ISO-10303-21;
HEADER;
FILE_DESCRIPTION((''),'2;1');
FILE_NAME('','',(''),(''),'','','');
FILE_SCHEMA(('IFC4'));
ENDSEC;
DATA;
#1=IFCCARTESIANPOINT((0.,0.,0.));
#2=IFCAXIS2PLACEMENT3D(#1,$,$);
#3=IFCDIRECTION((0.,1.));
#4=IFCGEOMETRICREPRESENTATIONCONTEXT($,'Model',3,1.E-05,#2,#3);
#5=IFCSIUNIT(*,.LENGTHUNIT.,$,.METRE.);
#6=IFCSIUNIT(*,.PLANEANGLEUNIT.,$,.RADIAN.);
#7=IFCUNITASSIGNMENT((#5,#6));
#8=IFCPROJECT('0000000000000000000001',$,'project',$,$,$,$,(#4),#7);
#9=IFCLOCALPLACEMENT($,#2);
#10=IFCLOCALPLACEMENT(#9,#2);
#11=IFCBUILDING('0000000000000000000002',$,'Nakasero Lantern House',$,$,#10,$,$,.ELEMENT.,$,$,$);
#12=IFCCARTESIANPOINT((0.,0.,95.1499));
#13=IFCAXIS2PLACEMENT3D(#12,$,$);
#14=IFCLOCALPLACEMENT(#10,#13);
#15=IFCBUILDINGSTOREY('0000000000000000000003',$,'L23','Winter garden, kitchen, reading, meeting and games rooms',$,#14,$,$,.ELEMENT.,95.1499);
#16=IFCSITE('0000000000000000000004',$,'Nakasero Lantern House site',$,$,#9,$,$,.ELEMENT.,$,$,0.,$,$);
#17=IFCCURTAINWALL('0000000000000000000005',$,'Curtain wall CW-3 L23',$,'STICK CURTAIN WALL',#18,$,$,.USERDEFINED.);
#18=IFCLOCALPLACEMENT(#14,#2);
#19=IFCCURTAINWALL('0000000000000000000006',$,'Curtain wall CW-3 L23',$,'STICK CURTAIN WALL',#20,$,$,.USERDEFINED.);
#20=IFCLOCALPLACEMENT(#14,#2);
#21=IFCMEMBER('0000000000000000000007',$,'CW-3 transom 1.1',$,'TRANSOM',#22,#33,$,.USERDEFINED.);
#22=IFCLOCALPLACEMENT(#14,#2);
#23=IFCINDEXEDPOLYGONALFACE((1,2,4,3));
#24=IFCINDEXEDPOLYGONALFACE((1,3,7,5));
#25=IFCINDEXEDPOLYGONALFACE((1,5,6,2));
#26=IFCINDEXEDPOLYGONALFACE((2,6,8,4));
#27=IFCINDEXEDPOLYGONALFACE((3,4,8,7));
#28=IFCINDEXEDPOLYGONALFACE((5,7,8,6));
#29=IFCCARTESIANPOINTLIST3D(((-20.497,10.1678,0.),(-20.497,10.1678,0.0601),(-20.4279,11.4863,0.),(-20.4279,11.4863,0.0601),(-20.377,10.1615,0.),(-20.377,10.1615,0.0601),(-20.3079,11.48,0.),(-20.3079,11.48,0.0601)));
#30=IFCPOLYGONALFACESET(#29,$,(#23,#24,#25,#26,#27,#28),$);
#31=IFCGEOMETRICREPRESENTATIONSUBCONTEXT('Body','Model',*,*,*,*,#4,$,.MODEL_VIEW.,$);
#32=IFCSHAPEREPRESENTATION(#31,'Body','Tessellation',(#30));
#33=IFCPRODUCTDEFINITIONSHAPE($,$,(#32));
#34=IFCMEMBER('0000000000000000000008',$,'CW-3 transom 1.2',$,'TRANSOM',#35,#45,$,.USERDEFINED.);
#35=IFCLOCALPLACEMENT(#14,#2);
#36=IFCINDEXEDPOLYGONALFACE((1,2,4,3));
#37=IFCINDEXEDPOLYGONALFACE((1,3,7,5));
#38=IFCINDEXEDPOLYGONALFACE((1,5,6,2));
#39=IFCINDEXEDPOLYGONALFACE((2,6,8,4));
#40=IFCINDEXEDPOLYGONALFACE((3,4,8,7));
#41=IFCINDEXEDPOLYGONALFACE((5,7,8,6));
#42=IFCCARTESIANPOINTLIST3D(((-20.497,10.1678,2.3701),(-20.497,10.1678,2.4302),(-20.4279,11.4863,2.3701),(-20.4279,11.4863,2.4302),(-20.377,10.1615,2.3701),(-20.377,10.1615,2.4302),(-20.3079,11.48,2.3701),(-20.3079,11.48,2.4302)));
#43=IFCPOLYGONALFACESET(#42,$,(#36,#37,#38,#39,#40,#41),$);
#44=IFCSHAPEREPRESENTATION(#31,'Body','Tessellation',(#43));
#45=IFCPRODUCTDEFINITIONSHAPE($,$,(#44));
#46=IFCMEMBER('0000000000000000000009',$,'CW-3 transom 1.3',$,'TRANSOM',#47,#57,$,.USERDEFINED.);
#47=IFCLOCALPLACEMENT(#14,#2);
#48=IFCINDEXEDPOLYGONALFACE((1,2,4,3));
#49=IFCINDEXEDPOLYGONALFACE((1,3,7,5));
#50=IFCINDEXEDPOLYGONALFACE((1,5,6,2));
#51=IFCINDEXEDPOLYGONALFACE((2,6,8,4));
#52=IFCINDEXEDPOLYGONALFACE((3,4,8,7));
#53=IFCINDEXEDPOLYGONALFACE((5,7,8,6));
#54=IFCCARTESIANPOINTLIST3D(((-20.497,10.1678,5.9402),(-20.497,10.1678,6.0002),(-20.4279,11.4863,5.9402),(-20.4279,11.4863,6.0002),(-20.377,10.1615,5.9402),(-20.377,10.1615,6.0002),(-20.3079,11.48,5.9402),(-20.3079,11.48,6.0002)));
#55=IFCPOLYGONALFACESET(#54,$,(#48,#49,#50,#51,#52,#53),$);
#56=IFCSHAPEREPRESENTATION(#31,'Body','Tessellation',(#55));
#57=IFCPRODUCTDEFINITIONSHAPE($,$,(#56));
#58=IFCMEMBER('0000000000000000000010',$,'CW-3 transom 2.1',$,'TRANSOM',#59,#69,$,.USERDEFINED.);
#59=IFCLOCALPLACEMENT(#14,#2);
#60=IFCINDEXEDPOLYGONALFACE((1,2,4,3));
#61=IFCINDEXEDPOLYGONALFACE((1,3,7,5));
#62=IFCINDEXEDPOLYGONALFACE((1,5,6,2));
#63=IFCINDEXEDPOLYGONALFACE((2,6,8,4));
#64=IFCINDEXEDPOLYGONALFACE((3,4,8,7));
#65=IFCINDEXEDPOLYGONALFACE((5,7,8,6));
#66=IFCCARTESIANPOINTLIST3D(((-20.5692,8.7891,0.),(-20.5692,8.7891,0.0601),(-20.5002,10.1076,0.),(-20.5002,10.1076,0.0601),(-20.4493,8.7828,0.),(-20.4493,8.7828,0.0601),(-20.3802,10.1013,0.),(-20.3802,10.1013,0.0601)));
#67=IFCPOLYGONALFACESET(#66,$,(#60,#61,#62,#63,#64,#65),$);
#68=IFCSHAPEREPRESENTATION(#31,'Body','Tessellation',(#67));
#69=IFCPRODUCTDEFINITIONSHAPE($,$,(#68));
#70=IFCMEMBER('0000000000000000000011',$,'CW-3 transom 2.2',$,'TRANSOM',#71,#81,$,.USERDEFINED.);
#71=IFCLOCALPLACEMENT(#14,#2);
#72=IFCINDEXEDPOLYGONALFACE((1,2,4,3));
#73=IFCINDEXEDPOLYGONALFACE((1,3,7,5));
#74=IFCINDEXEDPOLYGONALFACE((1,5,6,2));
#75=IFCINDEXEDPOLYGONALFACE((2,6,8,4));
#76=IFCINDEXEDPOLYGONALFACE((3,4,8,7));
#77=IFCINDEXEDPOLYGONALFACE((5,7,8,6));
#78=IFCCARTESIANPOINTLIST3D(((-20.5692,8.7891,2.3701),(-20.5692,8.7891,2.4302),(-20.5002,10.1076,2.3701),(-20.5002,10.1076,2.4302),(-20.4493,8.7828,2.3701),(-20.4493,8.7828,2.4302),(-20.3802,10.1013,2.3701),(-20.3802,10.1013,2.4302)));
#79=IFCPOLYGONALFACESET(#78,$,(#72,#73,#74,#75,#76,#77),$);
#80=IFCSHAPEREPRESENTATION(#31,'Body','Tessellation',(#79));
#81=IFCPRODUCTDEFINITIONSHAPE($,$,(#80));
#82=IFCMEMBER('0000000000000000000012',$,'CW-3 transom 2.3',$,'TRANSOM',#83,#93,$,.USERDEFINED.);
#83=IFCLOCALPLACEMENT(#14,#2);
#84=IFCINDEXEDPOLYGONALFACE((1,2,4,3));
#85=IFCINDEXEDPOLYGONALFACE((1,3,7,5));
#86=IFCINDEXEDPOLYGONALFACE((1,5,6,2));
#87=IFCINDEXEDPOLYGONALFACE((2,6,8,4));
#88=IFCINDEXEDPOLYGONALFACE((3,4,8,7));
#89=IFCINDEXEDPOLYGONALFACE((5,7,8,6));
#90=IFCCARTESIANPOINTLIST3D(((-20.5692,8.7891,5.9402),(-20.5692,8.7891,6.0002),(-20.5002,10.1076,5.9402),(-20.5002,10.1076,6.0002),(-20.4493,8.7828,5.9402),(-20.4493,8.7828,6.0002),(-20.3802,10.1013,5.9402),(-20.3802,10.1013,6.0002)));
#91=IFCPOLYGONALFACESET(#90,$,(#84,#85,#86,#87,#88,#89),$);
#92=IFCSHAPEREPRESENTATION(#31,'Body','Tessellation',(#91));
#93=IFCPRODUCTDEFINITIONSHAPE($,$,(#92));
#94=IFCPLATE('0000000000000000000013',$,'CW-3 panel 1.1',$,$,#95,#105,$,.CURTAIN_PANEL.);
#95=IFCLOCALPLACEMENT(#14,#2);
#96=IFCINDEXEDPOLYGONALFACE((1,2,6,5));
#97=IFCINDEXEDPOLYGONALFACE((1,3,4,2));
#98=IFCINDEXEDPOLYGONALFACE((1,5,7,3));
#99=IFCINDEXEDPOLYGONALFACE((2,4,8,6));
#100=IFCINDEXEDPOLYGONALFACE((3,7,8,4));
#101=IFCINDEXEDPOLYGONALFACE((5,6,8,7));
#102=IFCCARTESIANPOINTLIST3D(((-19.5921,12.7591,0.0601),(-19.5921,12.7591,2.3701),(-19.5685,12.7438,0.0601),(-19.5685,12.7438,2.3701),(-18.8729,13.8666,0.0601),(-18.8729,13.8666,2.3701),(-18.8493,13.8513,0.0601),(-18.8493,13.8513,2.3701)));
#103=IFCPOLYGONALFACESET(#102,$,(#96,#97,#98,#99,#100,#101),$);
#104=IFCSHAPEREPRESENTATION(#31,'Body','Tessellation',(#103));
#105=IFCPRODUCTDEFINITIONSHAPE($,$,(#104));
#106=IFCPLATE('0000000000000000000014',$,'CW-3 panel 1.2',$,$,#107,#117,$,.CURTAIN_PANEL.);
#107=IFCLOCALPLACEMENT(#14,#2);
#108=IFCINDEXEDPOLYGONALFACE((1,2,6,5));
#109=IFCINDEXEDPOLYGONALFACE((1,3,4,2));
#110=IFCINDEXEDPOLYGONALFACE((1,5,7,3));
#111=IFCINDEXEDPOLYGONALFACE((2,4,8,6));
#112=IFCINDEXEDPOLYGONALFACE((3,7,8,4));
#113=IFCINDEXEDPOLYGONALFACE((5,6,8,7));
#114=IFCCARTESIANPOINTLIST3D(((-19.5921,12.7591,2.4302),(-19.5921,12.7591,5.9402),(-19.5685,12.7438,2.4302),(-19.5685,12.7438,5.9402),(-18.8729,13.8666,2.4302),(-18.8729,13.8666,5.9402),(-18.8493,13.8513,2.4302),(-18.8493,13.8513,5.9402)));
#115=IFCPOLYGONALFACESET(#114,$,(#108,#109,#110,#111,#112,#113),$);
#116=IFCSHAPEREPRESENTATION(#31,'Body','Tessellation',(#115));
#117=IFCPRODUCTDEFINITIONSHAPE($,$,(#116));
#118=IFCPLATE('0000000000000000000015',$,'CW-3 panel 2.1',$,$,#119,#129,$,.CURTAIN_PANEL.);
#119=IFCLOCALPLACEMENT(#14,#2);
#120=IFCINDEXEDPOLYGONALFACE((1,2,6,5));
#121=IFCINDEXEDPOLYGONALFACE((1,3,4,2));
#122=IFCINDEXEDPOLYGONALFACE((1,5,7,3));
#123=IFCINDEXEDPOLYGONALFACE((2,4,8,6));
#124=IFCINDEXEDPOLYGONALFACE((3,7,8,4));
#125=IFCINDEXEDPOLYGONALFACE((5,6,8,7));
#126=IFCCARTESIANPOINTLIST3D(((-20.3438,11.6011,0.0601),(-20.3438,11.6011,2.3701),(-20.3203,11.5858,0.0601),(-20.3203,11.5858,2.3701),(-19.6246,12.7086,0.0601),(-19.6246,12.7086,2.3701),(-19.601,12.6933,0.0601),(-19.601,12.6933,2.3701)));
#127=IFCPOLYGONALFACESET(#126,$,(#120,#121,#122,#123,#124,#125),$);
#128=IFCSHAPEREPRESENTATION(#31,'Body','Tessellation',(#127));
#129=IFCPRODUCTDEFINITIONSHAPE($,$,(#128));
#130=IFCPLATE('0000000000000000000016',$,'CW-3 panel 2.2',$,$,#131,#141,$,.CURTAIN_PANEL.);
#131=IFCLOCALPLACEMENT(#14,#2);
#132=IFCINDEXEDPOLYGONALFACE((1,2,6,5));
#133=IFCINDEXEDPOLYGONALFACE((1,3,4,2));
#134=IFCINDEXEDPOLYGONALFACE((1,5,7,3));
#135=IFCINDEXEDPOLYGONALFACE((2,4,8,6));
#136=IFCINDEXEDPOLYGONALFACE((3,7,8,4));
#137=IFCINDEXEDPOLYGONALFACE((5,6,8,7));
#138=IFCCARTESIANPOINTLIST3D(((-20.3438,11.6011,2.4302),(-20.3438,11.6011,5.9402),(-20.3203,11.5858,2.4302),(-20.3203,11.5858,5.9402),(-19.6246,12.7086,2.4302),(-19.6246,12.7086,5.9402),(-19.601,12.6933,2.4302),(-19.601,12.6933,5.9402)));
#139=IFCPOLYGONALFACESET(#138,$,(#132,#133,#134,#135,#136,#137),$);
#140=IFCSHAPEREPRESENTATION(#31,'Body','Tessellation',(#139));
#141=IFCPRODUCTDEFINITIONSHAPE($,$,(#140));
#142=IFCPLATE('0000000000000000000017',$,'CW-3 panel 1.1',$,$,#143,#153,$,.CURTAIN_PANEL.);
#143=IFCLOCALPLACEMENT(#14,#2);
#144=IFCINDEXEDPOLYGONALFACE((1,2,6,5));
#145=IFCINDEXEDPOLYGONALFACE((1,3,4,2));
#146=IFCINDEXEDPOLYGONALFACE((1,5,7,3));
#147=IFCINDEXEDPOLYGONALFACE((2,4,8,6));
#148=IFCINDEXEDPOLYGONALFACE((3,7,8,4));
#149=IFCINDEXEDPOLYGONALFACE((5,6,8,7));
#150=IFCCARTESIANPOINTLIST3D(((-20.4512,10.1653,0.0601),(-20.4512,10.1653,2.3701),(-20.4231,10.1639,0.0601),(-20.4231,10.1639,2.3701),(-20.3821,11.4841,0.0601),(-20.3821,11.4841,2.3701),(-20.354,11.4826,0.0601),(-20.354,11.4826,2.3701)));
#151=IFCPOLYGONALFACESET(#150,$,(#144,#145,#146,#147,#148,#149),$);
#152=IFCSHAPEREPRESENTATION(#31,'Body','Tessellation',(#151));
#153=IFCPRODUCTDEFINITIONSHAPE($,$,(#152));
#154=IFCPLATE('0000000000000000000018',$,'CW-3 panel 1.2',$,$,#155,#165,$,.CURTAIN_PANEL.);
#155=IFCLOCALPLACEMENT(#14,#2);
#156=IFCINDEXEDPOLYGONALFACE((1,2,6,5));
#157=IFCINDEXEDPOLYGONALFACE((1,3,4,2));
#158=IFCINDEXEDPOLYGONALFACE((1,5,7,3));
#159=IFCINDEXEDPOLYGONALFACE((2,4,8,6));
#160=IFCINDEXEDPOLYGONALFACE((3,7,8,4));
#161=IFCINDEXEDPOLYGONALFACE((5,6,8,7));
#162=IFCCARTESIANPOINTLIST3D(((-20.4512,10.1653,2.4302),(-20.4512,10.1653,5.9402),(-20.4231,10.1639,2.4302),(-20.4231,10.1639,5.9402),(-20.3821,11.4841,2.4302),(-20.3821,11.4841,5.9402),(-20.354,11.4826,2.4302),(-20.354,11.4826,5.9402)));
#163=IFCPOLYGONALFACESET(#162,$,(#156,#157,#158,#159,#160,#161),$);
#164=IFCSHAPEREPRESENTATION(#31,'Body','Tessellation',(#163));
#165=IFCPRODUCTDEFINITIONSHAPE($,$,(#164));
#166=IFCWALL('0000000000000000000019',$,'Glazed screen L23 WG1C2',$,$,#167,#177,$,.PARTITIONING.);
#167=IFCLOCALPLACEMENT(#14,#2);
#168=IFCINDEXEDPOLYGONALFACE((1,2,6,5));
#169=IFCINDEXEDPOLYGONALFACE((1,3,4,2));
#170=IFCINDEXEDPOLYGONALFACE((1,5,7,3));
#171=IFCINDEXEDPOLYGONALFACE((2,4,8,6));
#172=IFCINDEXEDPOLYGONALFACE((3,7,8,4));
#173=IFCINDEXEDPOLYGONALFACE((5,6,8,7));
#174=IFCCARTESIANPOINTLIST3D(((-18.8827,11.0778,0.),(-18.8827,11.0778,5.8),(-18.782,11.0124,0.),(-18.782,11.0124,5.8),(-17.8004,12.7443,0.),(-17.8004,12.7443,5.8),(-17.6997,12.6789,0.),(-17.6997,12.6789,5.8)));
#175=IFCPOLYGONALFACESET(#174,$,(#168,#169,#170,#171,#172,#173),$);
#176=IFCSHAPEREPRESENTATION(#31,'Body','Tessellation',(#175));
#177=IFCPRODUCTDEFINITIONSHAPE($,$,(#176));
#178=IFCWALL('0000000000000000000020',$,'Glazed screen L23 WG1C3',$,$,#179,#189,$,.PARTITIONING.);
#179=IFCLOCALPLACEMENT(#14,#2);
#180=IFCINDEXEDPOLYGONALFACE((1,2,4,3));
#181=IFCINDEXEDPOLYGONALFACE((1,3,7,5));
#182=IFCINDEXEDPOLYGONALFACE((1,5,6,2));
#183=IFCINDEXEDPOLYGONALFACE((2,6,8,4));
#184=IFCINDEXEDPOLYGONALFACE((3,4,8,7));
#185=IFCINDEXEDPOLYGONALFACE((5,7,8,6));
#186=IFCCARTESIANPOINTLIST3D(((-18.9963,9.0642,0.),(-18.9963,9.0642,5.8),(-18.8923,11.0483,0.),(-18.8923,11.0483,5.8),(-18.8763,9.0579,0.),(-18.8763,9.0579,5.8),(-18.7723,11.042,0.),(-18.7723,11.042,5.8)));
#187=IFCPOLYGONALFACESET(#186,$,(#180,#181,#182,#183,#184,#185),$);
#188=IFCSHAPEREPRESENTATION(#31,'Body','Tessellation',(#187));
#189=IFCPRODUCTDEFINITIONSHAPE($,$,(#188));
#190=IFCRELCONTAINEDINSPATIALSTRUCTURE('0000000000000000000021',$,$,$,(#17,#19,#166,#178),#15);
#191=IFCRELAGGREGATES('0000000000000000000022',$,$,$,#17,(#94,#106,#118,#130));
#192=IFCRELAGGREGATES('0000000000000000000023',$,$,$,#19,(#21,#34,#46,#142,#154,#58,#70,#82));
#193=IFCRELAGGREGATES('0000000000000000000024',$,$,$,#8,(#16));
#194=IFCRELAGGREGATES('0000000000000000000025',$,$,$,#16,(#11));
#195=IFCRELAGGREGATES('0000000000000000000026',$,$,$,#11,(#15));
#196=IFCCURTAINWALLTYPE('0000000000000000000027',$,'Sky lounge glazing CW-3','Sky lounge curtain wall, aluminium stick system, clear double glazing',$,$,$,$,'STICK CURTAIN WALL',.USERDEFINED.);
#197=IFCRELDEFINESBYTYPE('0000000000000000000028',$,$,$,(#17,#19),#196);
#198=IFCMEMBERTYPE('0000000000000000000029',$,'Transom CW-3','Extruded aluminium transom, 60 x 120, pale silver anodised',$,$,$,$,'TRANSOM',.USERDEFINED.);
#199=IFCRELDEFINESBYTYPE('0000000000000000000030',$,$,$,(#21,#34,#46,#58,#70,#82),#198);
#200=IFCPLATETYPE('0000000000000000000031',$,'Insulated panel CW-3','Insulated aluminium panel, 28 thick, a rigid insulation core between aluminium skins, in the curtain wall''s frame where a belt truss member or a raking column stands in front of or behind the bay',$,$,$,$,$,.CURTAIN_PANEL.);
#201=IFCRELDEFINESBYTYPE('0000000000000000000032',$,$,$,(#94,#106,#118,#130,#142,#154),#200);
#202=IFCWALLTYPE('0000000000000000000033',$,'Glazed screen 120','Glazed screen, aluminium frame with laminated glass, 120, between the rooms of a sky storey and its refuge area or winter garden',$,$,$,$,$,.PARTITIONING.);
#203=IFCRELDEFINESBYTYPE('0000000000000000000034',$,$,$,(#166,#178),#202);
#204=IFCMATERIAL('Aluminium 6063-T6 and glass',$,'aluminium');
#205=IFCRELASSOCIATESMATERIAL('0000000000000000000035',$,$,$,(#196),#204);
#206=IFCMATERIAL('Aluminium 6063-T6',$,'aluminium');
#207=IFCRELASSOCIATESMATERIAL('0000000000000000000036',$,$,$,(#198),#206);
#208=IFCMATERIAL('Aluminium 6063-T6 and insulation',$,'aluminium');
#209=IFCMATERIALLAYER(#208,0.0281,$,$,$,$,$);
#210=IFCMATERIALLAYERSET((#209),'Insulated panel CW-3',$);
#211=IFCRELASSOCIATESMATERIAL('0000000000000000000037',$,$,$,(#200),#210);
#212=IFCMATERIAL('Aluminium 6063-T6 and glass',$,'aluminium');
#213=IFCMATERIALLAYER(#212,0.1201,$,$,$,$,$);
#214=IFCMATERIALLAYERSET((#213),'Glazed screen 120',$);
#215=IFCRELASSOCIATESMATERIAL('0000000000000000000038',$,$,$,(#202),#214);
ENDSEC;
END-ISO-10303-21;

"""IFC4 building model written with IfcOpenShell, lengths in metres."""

from ifc_helpers import new_model, si_unit, direction, frame, frame_2d, origin, origin_2d, place, context, subcontext, project, spatial, rectangle, extrude, material, layer, layer_set, material_profile, profile_set, type_object, element, aggregate, save


model = new_model("IFC4")

# Units and contexts
model_context = context("Model", 3, precision=1e-05, world=origin(), true_north=direction((0.0, 1.0)))
body_context = subcontext(model_context, "Body", "Model", "MODEL_VIEW")
ifc_project = project(units=[si_unit("LENGTHUNIT", "METRE"), si_unit("PLANEANGLEUNIT", "RADIAN")], contexts=[model_context])

# Site, building, storey
site_placement = place(None, origin())
site = spatial("IfcSite", under=ifc_project, at=site_placement, Name="Nakasero Lantern House site", CompositionType="ELEMENT", RefElevation=0.0)
building_placement = place(site_placement, origin())
building = spatial("IfcBuilding", under=site, at=building_placement, Name="Nakasero Lantern House", CompositionType="ELEMENT")
storey_placement = place(building_placement, frame((0.0, 0.0, 95.1499)))
storey = spatial("IfcBuildingStorey", under=building, at=storey_placement, Name="L23", Description="Winter garden, kitchen, reading, meeting and games rooms", CompositionType="ELEMENT", Elevation=95.1499)

# Curtain walls
ifc_material_1 = material(Name="Aluminium 6063-T6 and glass", Category="aluminium")
curtain_wall_type = type_object("IfcCurtainWallType", Name="Sky lounge glazing CW-3", Description="Sky lounge curtain wall, aluminium stick system, clear double glazing", ElementType="STICK CURTAIN WALL", PredefinedType="USERDEFINED", material=ifc_material_1)
curtain_wall_1_placement = place(storey_placement, origin())
curtain_wall_1 = element("IfcCurtainWall", 1, at=curtain_wall_1_placement, inside=storey, type_object=curtain_wall_type, Name="Curtain wall CW-3 L23", ObjectType="STICK CURTAIN WALL", PredefinedType="USERDEFINED")
curtain_wall_2_placement = place(storey_placement, origin())
curtain_wall_2 = element("IfcCurtainWall", 2, at=curtain_wall_2_placement, inside=storey, type_object=curtain_wall_type, Name="Curtain wall CW-3 L23", ObjectType="STICK CURTAIN WALL", PredefinedType="USERDEFINED")

# Members
ifc_material_2 = material(Name="Aluminium 6063-T6", Category="aluminium")
ifc_material_profile_1 = material_profile(ifc_material_2, rectangle(XDim=0.0601, YDim=0.1201, at=origin_2d()), Name="CW-3 transom 60x120")
ifc_profile_set_1 = profile_set([ifc_material_profile_1], Name="Aluminium 6063-T6")
member_type_1 = type_object("IfcMemberType", Name="Transom CW-3", Description="Extruded aluminium transom, 60 x 120, pale silver anodised", ElementType="TRANSOM", PredefinedType="USERDEFINED", material=ifc_profile_set_1)
member_1_placement = place(storey_placement, frame((-20.3679, 11.4832, 0.03), z_axis=(-0.052326, -0.99863, 0.0), x_axis=(0.0, 0.0, 1.0)))
member_1 = element("IfcMember", 3, at=member_1_placement, type_object=member_type_1, Name="CW-3 transom 1.1", ObjectType="TRANSOM", PredefinedType="USERDEFINED", context=body_context, shape_type="SweptSolid", body=[
    extrude(rectangle(XDim=0.0601, YDim=0.1201, at=origin_2d()), origin(), (0.0, 0.0, 1.0), 1.3203),
])
member_2_placement = place(storey_placement, frame((-20.3679, 11.4832, 2.4001), z_axis=(-0.052326, -0.99863, 0.0), x_axis=(0.0, 0.0, 1.0)))
member_2 = element("IfcMember", 4, at=member_2_placement, type_object=member_type_1, Name="CW-3 transom 1.2", ObjectType="TRANSOM", PredefinedType="USERDEFINED", context=body_context, shape_type="SweptSolid", body=[
    extrude(rectangle(XDim=0.0601, YDim=0.1201, at=origin_2d()), origin(), (0.0, 0.0, 1.0), 1.3203),
])
member_3_placement = place(storey_placement, frame((-20.3679, 11.4832, 5.9702), z_axis=(-0.052326, -0.99863, 0.0), x_axis=(0.0, 0.0, 1.0)))
member_3 = element("IfcMember", 5, at=member_3_placement, type_object=member_type_1, Name="CW-3 transom 1.3", ObjectType="TRANSOM", PredefinedType="USERDEFINED", context=body_context, shape_type="SweptSolid", body=[
    extrude(rectangle(XDim=0.0601, YDim=0.1201, at=origin_2d()), origin(), (0.0, 0.0, 1.0), 1.3203),
])
member_4_placement = place(storey_placement, frame((-20.4402, 10.1045, 0.03), z_axis=(-0.052326, -0.99863, 0.0), x_axis=(0.0, 0.0, 1.0)))
member_4 = element("IfcMember", 6, at=member_4_placement, type_object=member_type_1, Name="CW-3 transom 2.1", ObjectType="TRANSOM", PredefinedType="USERDEFINED", context=body_context, shape_type="SweptSolid", body=[
    extrude(rectangle(XDim=0.0601, YDim=0.1201, at=origin_2d()), origin(), (0.0, 0.0, 1.0), 1.3203),
])
member_5_placement = place(storey_placement, frame((-20.4402, 10.1045, 2.4001), z_axis=(-0.052326, -0.99863, 0.0), x_axis=(0.0, 0.0, 1.0)))
member_5 = element("IfcMember", 7, at=member_5_placement, type_object=member_type_1, Name="CW-3 transom 2.2", ObjectType="TRANSOM", PredefinedType="USERDEFINED", context=body_context, shape_type="SweptSolid", body=[
    extrude(rectangle(XDim=0.0601, YDim=0.1201, at=origin_2d()), origin(), (0.0, 0.0, 1.0), 1.3203),
])
member_6_placement = place(storey_placement, frame((-20.4402, 10.1045, 5.9702), z_axis=(-0.052326, -0.99863, 0.0), x_axis=(0.0, 0.0, 1.0)))
member_6 = element("IfcMember", 8, at=member_6_placement, type_object=member_type_1, Name="CW-3 transom 2.3", ObjectType="TRANSOM", PredefinedType="USERDEFINED", context=body_context, shape_type="SweptSolid", body=[
    extrude(rectangle(XDim=0.0601, YDim=0.1201, at=origin_2d()), origin(), (0.0, 0.0, 1.0), 1.3203),
])

# Plates
ifc_material_3 = material(Name="Aluminium 6063-T6 and insulation", Category="aluminium")
ifc_layer_1 = layer(ifc_material_3, 0.0281)
ifc_layer_set_1 = layer_set([ifc_layer_1], Name="Insulated panel CW-3")
plate_type = type_object("IfcPlateType", Name="Insulated panel CW-3", Description="Insulated aluminium panel, 28 thick, a rigid insulation core between aluminium skins, in the curtain wall's frame where a belt truss member or a raking column stands in front of or behind the bay", PredefinedType="CURTAIN_PANEL", material=ifc_layer_set_1)
plate_1_placement = place(storey_placement, frame((-19.2207, 13.3052, 0.0601), z_axis=(0.0, 0.0, 1.0), x_axis=(-0.544639, -0.838671, 0.0)))
plate_1 = element("IfcPlate", 9, at=plate_1_placement, type_object=plate_type, Name="CW-3 panel 1.1", PredefinedType="CURTAIN_PANEL", context=body_context, shape_type="SweptSolid", body=[
    extrude(rectangle(XDim=1.3206, YDim=0.0281, at=origin_2d()), origin(), (0.0, 0.0, 1.0), 2.3101),
])
plate_2_placement = place(storey_placement, frame((-19.2207, 13.3052, 2.4302), z_axis=(0.0, 0.0, 1.0), x_axis=(-0.544639, -0.838671, 0.0)))
plate_2 = element("IfcPlate", 10, at=plate_2_placement, type_object=plate_type, Name="CW-3 panel 1.2", PredefinedType="CURTAIN_PANEL", context=body_context, shape_type="SweptSolid", body=[
    extrude(rectangle(XDim=1.3206, YDim=0.0281, at=origin_2d()), origin(), (0.0, 0.0, 1.0), 3.51),
])
plate_3_placement = place(storey_placement, frame((-19.9724, 12.1472, 0.0601), z_axis=(0.0, 0.0, 1.0), x_axis=(-0.544639, -0.838671, 0.0)))
plate_3 = element("IfcPlate", 11, at=plate_3_placement, type_object=plate_type, Name="CW-3 panel 2.1", PredefinedType="CURTAIN_PANEL", context=body_context, shape_type="SweptSolid", body=[
    extrude(rectangle(XDim=1.3206, YDim=0.0281, at=origin_2d()), origin(), (0.0, 0.0, 1.0), 2.3101),
])
plate_4_placement = place(storey_placement, frame((-19.9724, 12.1472, 2.4302), z_axis=(0.0, 0.0, 1.0), x_axis=(-0.544639, -0.838671, 0.0)))
plate_4 = element("IfcPlate", 12, at=plate_4_placement, type_object=plate_type, Name="CW-3 panel 2.2", PredefinedType="CURTAIN_PANEL", context=body_context, shape_type="SweptSolid", body=[
    extrude(rectangle(XDim=1.3206, YDim=0.0281, at=origin_2d()), origin(), (0.0, 0.0, 1.0), 3.51),
])
aggregate(curtain_wall_1, [plate_1, plate_2, plate_3, plate_4])
plate_5_placement = place(storey_placement, frame((-20.4026, 10.824, 0.0601), z_axis=(0.0, 0.0, 1.0), x_axis=(-0.052336, -0.99863, 0.0)))
plate_5 = element("IfcPlate", 13, at=plate_5_placement, type_object=plate_type, Name="CW-3 panel 1.1", PredefinedType="CURTAIN_PANEL", context=body_context, shape_type="SweptSolid", body=[
    extrude(rectangle(XDim=1.3206, YDim=0.0281, at=origin_2d()), origin(), (0.0, 0.0, 1.0), 2.3101),
])
plate_6_placement = place(storey_placement, frame((-20.4026, 10.824, 2.4302), z_axis=(0.0, 0.0, 1.0), x_axis=(-0.052336, -0.99863, 0.0)))
plate_6 = element("IfcPlate", 14, at=plate_6_placement, type_object=plate_type, Name="CW-3 panel 1.2", PredefinedType="CURTAIN_PANEL", context=body_context, shape_type="SweptSolid", body=[
    extrude(rectangle(XDim=1.3206, YDim=0.0281, at=origin_2d()), origin(), (0.0, 0.0, 1.0), 3.51),
])
aggregate(curtain_wall_2, [member_1, member_2, member_3, plate_5, plate_6, member_4, member_5, member_6])

# Walls
ifc_material_4 = material(Name="Aluminium 6063-T6 and glass", Category="aluminium")
ifc_layer_2 = layer(ifc_material_4, 0.1201)
ifc_layer_set_2 = layer_set([ifc_layer_2], Name="Glazed screen 120")
wall_type_1 = type_object("IfcWallType", Name="Glazed screen 120", Description="Glazed screen, aluminium frame with laminated glass, 120, between the rooms of a sky storey and its refuge area or winter garden", PredefinedType="PARTITIONING", material=ifc_layer_set_2)
wall_1_placement = place(storey_placement, frame((-17.75, 12.7117, 0.0), z_axis=(0.0, 0.0, 1.0), x_axis=(-0.544651, -0.838662, 0.0)))
element("IfcWall", 15, at=wall_1_placement, inside=storey, type_object=wall_type_1, Name="Glazed screen L23 WG1C2", PredefinedType="PARTITIONING", context=body_context, shape_type="SweptSolid", body=[
    extrude(rectangle(XDim=1.9871, YDim=0.1201, at=frame_2d((0.9937, 0.0))), origin(), (0.0, 0.0, 1.0), 5.8),
])
wall_2_placement = place(storey_placement, frame((-18.8323, 11.0452, 0.0), z_axis=(0.0, 0.0, 1.0), x_axis=(-0.052346, -0.998629, 0.0)))
element("IfcWall", 16, at=wall_2_placement, inside=storey, type_object=wall_type_1, Name="Glazed screen L23 WG1C3", PredefinedType="PARTITIONING", context=body_context, shape_type="SweptSolid", body=[
    extrude(rectangle(XDim=1.9868, YDim=0.1201, at=frame_2d((0.9934, 0.0))), origin(), (0.0, 0.0, 1.0), 5.8),
])

save(model, "model.ifc")
